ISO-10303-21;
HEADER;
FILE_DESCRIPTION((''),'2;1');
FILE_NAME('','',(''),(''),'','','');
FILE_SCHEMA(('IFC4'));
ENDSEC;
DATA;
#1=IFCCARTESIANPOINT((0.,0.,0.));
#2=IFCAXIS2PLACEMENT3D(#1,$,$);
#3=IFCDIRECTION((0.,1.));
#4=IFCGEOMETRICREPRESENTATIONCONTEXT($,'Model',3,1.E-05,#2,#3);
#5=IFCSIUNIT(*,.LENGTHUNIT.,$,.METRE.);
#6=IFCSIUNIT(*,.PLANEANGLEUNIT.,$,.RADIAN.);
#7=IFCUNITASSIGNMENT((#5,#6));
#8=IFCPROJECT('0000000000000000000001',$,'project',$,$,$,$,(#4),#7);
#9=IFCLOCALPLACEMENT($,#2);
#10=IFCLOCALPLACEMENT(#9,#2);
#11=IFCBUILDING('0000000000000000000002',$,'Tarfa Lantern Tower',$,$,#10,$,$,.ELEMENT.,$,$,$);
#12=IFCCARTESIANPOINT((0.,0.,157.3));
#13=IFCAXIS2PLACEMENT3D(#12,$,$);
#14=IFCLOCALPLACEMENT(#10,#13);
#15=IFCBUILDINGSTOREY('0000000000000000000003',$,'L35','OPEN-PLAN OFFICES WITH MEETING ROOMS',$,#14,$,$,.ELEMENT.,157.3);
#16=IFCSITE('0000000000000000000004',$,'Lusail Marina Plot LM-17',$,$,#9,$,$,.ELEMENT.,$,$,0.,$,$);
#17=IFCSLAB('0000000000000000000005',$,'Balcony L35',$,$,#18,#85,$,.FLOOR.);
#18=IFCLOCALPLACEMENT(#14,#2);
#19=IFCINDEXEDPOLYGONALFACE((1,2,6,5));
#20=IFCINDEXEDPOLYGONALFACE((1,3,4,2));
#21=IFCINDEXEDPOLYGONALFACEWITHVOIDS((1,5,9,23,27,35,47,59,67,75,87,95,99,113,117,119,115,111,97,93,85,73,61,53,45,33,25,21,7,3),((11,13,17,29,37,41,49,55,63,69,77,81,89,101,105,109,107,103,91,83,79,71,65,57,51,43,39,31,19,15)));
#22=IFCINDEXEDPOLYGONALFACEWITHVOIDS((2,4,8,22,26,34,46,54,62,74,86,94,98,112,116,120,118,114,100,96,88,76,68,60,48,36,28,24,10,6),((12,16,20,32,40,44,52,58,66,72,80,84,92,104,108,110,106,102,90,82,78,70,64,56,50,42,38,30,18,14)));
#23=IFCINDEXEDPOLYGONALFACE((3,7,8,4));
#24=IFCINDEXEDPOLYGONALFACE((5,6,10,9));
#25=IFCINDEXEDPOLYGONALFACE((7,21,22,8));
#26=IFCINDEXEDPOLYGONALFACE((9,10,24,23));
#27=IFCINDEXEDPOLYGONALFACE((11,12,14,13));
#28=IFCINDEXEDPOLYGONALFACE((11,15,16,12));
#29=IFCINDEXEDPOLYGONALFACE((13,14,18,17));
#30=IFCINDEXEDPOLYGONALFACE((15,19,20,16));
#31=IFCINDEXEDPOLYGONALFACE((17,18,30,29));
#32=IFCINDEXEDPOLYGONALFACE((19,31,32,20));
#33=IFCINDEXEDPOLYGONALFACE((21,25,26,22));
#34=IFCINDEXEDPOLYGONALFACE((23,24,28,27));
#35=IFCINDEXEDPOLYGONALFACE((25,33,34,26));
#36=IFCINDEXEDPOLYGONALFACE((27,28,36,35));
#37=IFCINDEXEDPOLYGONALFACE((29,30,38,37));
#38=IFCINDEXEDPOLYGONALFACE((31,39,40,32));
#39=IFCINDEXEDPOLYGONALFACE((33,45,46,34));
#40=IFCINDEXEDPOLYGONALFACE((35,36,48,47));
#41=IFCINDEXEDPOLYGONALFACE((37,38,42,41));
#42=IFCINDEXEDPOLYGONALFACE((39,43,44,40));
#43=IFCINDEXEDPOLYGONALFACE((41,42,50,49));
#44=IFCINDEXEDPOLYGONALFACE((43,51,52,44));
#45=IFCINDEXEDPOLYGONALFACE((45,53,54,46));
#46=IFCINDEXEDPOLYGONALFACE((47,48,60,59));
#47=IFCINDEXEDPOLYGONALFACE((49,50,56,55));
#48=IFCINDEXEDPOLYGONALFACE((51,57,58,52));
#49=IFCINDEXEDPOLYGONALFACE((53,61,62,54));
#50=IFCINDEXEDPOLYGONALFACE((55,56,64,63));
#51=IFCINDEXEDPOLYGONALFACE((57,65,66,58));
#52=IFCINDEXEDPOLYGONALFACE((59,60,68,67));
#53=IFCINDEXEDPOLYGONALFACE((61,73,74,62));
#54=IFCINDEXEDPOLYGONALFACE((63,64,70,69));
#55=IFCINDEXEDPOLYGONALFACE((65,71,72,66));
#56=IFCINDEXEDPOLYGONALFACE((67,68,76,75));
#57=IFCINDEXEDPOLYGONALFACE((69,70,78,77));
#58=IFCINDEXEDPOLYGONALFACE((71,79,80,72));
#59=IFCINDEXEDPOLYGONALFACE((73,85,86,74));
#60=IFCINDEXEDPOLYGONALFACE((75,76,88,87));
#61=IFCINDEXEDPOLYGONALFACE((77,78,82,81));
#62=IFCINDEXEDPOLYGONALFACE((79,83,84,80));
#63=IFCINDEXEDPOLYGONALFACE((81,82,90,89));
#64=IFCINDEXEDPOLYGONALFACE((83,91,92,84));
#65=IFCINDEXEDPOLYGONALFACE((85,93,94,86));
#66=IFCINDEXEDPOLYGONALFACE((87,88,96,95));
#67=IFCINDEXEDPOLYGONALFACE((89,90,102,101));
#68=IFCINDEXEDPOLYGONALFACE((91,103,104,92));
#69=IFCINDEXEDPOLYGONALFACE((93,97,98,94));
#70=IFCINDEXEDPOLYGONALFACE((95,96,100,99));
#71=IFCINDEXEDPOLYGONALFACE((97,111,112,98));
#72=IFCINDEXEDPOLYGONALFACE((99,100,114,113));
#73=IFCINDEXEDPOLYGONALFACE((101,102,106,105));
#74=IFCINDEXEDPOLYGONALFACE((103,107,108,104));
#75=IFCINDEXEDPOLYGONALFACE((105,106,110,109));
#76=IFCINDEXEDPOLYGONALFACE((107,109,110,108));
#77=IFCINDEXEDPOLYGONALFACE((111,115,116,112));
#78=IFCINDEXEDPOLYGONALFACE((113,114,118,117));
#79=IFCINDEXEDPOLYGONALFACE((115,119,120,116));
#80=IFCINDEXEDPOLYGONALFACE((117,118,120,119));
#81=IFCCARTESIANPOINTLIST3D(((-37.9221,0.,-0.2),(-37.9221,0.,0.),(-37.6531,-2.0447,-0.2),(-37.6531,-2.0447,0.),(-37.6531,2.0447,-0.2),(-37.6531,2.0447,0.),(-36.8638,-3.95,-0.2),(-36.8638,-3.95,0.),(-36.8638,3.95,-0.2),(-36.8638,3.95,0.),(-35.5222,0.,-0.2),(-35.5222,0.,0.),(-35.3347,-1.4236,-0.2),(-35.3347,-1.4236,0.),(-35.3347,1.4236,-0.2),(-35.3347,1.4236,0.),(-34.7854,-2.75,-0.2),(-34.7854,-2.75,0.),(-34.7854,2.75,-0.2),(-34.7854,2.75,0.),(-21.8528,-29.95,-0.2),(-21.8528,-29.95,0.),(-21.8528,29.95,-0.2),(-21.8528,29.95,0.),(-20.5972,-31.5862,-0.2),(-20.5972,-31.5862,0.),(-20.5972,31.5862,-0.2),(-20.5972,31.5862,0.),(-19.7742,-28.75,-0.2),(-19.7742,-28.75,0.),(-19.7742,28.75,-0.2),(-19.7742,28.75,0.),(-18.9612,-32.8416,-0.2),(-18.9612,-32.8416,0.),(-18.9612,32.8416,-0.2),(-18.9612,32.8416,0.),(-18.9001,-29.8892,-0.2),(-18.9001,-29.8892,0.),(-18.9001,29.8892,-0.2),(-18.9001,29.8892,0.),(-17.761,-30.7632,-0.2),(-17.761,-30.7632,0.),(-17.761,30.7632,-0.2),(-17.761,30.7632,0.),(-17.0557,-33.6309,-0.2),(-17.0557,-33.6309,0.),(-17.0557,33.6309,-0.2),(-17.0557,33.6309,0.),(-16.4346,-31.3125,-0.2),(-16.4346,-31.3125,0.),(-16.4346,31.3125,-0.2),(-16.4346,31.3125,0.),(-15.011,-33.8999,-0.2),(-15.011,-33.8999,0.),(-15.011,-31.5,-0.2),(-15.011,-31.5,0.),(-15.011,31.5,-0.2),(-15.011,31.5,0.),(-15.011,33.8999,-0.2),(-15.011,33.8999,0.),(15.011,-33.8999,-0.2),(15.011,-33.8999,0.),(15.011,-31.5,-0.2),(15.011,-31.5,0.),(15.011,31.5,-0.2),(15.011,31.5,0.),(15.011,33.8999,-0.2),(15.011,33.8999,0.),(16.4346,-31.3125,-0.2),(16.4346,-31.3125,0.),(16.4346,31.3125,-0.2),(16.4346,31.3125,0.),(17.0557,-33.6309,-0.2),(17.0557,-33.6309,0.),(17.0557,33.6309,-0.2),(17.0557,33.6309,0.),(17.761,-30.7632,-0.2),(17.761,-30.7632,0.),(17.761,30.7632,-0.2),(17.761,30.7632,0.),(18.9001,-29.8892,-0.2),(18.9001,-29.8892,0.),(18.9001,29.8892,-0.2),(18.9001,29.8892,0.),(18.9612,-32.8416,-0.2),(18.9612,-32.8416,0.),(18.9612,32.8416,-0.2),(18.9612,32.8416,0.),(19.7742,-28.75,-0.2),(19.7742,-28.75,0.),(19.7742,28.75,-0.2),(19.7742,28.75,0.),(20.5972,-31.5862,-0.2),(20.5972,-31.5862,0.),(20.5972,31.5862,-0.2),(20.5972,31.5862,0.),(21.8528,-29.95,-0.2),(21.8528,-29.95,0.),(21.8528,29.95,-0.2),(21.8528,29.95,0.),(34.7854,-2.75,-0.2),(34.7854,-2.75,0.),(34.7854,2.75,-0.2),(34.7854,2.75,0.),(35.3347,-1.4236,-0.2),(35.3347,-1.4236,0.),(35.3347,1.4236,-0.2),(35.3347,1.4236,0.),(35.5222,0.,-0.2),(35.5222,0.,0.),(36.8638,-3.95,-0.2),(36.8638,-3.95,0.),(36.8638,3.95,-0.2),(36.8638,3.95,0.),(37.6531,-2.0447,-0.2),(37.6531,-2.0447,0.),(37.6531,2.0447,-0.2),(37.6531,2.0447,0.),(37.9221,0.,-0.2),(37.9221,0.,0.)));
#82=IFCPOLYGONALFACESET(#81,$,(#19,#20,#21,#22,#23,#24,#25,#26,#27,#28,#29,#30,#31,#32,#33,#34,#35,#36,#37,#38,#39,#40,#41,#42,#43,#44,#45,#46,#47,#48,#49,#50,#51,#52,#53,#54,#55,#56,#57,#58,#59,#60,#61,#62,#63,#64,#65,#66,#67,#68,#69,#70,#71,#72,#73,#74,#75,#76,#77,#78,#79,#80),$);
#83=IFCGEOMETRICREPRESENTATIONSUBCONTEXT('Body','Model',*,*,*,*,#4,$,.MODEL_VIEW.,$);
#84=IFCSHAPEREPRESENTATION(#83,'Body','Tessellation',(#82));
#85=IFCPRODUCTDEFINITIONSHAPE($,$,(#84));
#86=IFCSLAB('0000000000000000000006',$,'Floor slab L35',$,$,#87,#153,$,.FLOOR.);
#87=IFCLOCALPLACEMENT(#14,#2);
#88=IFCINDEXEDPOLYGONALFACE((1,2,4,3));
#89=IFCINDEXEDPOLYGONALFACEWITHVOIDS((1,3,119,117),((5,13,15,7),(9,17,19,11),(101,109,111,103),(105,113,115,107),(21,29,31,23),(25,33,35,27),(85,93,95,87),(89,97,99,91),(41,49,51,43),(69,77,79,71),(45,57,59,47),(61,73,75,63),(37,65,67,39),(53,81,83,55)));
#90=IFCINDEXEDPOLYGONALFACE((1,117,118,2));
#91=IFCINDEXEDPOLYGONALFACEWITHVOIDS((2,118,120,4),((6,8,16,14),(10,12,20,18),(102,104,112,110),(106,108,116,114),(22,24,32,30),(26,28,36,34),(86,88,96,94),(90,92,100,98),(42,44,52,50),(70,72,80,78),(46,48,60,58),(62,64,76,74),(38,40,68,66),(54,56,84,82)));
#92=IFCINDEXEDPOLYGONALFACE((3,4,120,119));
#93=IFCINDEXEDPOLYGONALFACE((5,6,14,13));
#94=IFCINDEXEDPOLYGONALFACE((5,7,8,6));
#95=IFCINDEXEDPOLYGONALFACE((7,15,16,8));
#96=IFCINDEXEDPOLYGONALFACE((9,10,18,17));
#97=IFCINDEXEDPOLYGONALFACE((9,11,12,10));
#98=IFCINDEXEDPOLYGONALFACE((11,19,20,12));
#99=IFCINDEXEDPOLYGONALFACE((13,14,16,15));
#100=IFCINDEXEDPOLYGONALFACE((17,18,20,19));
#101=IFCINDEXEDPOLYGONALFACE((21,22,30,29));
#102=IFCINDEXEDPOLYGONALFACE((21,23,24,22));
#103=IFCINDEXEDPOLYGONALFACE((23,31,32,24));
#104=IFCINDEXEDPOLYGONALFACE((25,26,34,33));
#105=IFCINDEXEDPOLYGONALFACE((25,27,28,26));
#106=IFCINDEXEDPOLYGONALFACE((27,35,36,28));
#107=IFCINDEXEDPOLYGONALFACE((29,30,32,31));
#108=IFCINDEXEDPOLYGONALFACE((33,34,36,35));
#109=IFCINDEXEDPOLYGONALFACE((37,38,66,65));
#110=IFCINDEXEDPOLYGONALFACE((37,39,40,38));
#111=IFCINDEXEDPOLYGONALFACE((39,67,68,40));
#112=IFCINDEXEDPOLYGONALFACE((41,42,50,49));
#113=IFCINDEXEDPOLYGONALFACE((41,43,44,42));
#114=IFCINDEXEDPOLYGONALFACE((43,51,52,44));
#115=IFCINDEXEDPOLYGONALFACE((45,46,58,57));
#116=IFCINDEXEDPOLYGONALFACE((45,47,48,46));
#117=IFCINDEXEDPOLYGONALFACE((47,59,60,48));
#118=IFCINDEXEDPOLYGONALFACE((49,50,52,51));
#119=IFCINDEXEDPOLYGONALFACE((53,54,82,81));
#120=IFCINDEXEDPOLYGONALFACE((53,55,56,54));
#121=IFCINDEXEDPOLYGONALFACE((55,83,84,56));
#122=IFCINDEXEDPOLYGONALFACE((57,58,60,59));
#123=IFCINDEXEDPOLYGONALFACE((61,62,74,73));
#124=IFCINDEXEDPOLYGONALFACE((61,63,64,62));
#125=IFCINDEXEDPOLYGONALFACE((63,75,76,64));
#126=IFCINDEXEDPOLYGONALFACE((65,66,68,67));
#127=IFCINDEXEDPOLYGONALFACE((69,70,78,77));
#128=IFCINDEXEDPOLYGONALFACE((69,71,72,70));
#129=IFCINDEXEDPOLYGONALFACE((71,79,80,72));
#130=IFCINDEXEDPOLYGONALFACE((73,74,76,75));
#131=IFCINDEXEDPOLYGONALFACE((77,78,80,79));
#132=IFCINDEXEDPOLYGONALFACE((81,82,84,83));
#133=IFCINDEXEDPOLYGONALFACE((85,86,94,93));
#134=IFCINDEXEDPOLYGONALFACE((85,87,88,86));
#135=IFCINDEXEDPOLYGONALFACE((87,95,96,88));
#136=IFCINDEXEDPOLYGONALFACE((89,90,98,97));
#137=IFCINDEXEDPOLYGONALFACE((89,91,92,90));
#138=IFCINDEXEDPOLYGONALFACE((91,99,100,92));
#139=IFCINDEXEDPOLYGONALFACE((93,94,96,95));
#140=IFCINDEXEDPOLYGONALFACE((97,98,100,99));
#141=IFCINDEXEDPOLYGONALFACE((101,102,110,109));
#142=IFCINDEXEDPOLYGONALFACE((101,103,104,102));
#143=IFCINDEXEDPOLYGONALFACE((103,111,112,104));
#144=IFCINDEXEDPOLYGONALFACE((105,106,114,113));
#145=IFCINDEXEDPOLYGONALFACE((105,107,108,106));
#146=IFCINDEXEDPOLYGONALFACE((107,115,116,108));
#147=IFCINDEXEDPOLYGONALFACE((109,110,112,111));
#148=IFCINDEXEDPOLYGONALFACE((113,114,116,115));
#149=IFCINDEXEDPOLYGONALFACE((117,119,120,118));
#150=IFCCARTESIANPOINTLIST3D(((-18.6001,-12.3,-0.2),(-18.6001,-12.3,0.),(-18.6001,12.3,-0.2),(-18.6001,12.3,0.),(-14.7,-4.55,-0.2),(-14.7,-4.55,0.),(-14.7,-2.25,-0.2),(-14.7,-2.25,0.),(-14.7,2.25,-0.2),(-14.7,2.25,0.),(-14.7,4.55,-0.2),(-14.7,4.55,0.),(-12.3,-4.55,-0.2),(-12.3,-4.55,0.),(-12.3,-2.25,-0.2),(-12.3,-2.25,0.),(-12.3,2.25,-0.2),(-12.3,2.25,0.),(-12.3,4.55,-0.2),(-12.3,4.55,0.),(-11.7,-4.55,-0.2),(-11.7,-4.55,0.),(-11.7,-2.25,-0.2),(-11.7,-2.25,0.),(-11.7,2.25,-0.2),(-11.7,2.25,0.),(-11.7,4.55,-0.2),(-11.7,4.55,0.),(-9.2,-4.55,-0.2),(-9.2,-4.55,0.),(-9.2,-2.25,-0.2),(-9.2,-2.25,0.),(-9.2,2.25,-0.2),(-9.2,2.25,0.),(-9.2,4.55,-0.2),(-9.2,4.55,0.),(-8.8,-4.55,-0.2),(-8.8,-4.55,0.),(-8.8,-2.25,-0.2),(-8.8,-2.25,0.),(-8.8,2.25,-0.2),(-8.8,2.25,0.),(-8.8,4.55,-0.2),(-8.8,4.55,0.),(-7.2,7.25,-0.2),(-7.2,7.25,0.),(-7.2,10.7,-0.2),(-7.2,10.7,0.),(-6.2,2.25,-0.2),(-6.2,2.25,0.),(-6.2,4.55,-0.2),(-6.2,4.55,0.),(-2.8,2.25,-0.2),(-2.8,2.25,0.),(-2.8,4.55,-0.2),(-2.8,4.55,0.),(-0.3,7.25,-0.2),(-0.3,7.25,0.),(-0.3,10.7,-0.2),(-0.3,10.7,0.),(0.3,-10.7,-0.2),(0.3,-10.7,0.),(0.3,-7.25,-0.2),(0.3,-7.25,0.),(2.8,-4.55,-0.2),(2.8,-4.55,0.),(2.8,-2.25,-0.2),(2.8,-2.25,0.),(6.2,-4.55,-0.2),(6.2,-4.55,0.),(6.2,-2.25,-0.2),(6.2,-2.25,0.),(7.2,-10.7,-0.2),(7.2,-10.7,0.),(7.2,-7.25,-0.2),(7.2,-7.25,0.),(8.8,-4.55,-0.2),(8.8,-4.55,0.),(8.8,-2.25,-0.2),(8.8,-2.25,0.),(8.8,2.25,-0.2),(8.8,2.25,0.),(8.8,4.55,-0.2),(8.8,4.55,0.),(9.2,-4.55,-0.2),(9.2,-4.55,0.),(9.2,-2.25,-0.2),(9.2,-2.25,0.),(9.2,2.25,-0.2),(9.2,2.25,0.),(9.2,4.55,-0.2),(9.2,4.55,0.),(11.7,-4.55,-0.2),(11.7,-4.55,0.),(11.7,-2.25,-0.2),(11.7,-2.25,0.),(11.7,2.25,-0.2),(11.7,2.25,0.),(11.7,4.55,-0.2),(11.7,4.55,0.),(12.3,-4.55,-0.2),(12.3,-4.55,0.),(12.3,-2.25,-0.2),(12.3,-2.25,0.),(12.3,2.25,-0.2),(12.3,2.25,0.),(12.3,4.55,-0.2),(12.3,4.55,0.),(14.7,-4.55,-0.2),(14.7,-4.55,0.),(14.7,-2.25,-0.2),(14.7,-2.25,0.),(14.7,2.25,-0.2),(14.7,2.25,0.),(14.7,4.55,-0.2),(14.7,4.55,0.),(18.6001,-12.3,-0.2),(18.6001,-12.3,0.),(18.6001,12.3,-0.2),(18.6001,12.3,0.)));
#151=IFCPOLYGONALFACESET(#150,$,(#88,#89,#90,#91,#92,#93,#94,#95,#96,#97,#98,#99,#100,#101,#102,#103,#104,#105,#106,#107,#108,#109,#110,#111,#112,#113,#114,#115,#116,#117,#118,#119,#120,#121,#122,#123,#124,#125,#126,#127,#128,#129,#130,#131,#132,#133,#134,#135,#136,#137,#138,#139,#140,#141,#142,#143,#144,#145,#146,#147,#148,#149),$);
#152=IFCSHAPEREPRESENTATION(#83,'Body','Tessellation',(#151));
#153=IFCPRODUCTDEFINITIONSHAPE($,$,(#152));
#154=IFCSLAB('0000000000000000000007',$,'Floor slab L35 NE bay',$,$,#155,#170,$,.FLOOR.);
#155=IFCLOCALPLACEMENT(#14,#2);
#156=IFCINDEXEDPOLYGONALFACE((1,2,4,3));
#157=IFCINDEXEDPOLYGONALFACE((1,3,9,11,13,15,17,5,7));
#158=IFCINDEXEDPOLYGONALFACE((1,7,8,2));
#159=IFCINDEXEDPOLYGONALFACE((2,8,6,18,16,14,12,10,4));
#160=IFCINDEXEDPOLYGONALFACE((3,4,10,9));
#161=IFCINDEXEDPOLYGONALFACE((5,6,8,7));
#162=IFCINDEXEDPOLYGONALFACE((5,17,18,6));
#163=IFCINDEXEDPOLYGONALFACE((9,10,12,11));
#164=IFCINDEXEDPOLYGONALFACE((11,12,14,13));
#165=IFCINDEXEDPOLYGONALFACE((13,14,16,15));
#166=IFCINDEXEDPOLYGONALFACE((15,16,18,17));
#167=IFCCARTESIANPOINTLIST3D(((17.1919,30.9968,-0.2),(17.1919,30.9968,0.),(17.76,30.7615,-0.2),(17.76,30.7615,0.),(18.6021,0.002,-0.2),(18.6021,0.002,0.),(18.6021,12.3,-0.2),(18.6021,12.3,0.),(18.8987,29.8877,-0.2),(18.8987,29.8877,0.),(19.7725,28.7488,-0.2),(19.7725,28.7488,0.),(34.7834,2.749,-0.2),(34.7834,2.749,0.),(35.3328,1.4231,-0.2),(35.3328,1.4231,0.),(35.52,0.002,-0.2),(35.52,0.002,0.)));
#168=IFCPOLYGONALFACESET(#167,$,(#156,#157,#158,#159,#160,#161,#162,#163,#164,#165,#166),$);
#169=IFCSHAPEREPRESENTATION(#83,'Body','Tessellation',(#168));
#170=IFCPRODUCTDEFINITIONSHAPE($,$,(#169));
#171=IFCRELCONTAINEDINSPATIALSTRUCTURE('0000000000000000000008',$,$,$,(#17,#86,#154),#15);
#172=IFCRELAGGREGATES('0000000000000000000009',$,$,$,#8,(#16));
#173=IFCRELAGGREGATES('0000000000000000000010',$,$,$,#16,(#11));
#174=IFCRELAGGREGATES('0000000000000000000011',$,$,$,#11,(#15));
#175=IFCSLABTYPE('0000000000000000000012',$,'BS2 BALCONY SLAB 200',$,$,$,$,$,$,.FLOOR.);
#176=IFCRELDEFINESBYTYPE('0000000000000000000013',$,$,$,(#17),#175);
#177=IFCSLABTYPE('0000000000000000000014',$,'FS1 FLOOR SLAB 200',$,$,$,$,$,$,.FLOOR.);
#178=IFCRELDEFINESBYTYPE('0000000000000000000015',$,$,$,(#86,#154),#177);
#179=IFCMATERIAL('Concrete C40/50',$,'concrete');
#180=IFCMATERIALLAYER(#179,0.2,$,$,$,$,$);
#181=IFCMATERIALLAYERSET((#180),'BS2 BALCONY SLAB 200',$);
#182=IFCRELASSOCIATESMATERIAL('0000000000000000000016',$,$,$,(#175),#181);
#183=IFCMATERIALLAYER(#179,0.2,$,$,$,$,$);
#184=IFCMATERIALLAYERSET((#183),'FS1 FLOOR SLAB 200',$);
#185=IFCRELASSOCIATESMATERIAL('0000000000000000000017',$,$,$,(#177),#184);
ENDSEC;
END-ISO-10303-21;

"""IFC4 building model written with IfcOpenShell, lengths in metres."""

from ifc_helpers import new_model, si_unit, direction, frame, origin, place, context, subcontext, project, spatial, polyline, outline, extrude, material, layer, layer_set, type_object, element, save


model = new_model("IFC4")

# Units and contexts
model_context = context("Model", 3, precision=1e-05, world=origin(), true_north=direction((0.0, 1.0)))
body_context = subcontext(model_context, "Body", "Model", "MODEL_VIEW")
ifc_project = project(units=[si_unit("LENGTHUNIT", "METRE"), si_unit("PLANEANGLEUNIT", "RADIAN")], contexts=[model_context])

# Site, building, storey
site_placement = place(None, origin())
site = spatial("IfcSite", under=ifc_project, at=site_placement, Name="Lusail Marina Plot LM-17", CompositionType="ELEMENT", RefElevation=0.0)
building_placement = place(site_placement, origin())
building = spatial("IfcBuilding", under=site, at=building_placement, Name="Tarfa Lantern Tower", CompositionType="ELEMENT")
storey_placement = place(building_placement, frame((0.0, 0.0, 157.3)))
storey = spatial("IfcBuildingStorey", under=building, at=storey_placement, Name="L35", Description="OPEN-PLAN OFFICES WITH MEETING ROOMS", CompositionType="ELEMENT", Elevation=157.3)

# Slabs
ifc_material_1 = material(Name="Concrete C40/50", Category="concrete")
ifc_layer_1 = layer(ifc_material_1, 0.2)
ifc_layer_set_1 = layer_set([ifc_layer_1], Name="BS2 BALCONY SLAB 200")
slab_type_1 = type_object("IfcSlabType", Name="BS2 BALCONY SLAB 200", PredefinedType="FLOOR", material=ifc_layer_set_1)
slab_1_placement = place(storey_placement, frame((0.0, 0.0, -0.2)))
element("IfcSlab", 1, at=slab_1_placement, inside=storey, type_object=slab_type_1, Name="Balcony L35", PredefinedType="FLOOR", context=body_context, shape_type="SweptSolid", body=[
    extrude(outline(polyline([(36.8638, 3.95), (21.8528, 29.95), (20.5972, 31.5862), (18.9612, 32.8416), (17.0557, 33.6309), (15.011, 33.8999), (-15.011, 33.8999), (-17.0557, 33.6309), (-18.9612, 32.8416), (-20.5972, 31.5862), (-21.8528, 29.95), (-36.8638, 3.95), (-37.6531, 2.0447), (-37.9221, 0.0), (-37.6531, -2.0447), (-36.8638, -3.95), (-21.8528, -29.95), (-20.5972, -31.5862), (-18.9612, -32.8416), (-17.0557, -33.6309), (-15.011, -33.8999), (15.011, -33.8999), (17.0557, -33.6309), (18.9612, -32.8416), (20.5972, -31.5862), (21.8528, -29.95), (36.8638, -3.95), (37.6531, -2.0447), (37.9221, 0.0), (37.6531, 2.0447), (36.8638, 3.95)]), holes=[polyline([(34.7854, 2.75), (19.7742, 28.75), (18.9001, 29.8892), (17.761, 30.7632), (16.4346, 31.3125), (15.011, 31.5), (-15.011, 31.5), (-16.4346, 31.3125), (-17.761, 30.7632), (-18.9001, 29.8892), (-19.7742, 28.75), (-34.7854, 2.75), (-35.3347, 1.4236), (-35.5222, 0.0), (-35.3347, -1.4236), (-34.7854, -2.75), (-19.7742, -28.75), (-18.9001, -29.8892), (-17.761, -30.7632), (-16.4346, -31.3125), (-15.011, -31.5), (15.011, -31.5), (16.4346, -31.3125), (17.761, -30.7632), (18.9001, -29.8892), (19.7742, -28.75), (34.7854, -2.75), (35.3347, -1.4236), (35.5222, 0.0), (35.3347, 1.4236), (34.7854, 2.75)])]), origin(), (0.0, 0.0, 1.0), 0.2),
])
ifc_layer_2 = layer(ifc_material_1, 0.2)
ifc_layer_set_2 = layer_set([ifc_layer_2], Name="FS1 FLOOR SLAB 200")
slab_type_2 = type_object("IfcSlabType", Name="FS1 FLOOR SLAB 200", PredefinedType="FLOOR", material=ifc_layer_set_2)
slab_2_placement = place(storey_placement, frame((0.0, 0.0, -0.2)))
element("IfcSlab", 2, at=slab_2_placement, inside=storey, type_object=slab_type_2, Name="Floor slab L35", PredefinedType="FLOOR", context=body_context, shape_type="SweptSolid", body=[
    extrude(outline(polyline([(-18.6001, -12.3), (18.6001, -12.3), (18.6001, 12.3), (-18.6001, 12.3), (-18.6001, -12.3)]), holes=[polyline([(-14.7, 2.25), (-12.3, 2.25), (-12.3, 4.55), (-14.7, 4.55), (-14.7, 2.25)]), polyline([(-11.7, 2.25), (-9.2, 2.25), (-9.2, 4.55), (-11.7, 4.55), (-11.7, 2.25)]), polyline([(-8.8, 2.25), (-6.2, 2.25), (-6.2, 4.55), (-8.8, 4.55), (-8.8, 2.25)]), polyline([(-2.8, 2.25), (8.8, 2.25), (8.8, 4.55), (-2.8, 4.55), (-2.8, 2.25)]), polyline([(9.2, 2.25), (11.7, 2.25), (11.7, 4.55), (9.2, 4.55), (9.2, 2.25)]), polyline([(12.3, 2.25), (14.7, 2.25), (14.7, 4.55), (12.3, 4.55), (12.3, 2.25)]), polyline([(14.7, -2.25), (12.3, -2.25), (12.3, -4.55), (14.7, -4.55), (14.7, -2.25)]), polyline([(11.7, -2.25), (9.2, -2.25), (9.2, -4.55), (11.7, -4.55), (11.7, -2.25)]), polyline([(8.8, -2.25), (6.2, -2.25), (6.2, -4.55), (8.8, -4.55), (8.8, -2.25)]), polyline([(2.8, -2.25), (-8.8, -2.25), (-8.8, -4.55), (2.8, -4.55), (2.8, -2.25)]), polyline([(-9.2, -2.25), (-11.7, -2.25), (-11.7, -4.55), (-9.2, -4.55), (-9.2, -2.25)]), polyline([(-12.3, -2.25), (-14.7, -2.25), (-14.7, -4.55), (-12.3, -4.55), (-12.3, -2.25)]), polyline([(-7.2, 7.25), (-0.3, 7.25), (-0.3, 10.7), (-7.2, 10.7), (-7.2, 7.25)]), polyline([(7.2, -7.25), (0.3, -7.25), (0.3, -10.7), (7.2, -10.7), (7.2, -7.25)])]), origin(), (0.0, 0.0, 1.0), 0.2),
])
slab_3_placement = place(storey_placement, frame((0.0, 0.0, -0.2)))
element("IfcSlab", 3, at=slab_3_placement, inside=storey, type_object=slab_type_2, Name="Floor slab L35 NE bay", PredefinedType="FLOOR", context=body_context, shape_type="SweptSolid", body=[
    extrude(outline(polyline([(34.7834, 2.749), (19.7725, 28.7488), (18.8987, 29.8877), (17.76, 30.7615), (17.1919, 30.9968), (18.6021, 12.3), (18.6021, 0.002), (35.52, 0.002), (35.3328, 1.4231), (34.7834, 2.749)])), origin(), (0.0, 0.0, 1.0), 0.2),
])

save(model, "model.ifc")
